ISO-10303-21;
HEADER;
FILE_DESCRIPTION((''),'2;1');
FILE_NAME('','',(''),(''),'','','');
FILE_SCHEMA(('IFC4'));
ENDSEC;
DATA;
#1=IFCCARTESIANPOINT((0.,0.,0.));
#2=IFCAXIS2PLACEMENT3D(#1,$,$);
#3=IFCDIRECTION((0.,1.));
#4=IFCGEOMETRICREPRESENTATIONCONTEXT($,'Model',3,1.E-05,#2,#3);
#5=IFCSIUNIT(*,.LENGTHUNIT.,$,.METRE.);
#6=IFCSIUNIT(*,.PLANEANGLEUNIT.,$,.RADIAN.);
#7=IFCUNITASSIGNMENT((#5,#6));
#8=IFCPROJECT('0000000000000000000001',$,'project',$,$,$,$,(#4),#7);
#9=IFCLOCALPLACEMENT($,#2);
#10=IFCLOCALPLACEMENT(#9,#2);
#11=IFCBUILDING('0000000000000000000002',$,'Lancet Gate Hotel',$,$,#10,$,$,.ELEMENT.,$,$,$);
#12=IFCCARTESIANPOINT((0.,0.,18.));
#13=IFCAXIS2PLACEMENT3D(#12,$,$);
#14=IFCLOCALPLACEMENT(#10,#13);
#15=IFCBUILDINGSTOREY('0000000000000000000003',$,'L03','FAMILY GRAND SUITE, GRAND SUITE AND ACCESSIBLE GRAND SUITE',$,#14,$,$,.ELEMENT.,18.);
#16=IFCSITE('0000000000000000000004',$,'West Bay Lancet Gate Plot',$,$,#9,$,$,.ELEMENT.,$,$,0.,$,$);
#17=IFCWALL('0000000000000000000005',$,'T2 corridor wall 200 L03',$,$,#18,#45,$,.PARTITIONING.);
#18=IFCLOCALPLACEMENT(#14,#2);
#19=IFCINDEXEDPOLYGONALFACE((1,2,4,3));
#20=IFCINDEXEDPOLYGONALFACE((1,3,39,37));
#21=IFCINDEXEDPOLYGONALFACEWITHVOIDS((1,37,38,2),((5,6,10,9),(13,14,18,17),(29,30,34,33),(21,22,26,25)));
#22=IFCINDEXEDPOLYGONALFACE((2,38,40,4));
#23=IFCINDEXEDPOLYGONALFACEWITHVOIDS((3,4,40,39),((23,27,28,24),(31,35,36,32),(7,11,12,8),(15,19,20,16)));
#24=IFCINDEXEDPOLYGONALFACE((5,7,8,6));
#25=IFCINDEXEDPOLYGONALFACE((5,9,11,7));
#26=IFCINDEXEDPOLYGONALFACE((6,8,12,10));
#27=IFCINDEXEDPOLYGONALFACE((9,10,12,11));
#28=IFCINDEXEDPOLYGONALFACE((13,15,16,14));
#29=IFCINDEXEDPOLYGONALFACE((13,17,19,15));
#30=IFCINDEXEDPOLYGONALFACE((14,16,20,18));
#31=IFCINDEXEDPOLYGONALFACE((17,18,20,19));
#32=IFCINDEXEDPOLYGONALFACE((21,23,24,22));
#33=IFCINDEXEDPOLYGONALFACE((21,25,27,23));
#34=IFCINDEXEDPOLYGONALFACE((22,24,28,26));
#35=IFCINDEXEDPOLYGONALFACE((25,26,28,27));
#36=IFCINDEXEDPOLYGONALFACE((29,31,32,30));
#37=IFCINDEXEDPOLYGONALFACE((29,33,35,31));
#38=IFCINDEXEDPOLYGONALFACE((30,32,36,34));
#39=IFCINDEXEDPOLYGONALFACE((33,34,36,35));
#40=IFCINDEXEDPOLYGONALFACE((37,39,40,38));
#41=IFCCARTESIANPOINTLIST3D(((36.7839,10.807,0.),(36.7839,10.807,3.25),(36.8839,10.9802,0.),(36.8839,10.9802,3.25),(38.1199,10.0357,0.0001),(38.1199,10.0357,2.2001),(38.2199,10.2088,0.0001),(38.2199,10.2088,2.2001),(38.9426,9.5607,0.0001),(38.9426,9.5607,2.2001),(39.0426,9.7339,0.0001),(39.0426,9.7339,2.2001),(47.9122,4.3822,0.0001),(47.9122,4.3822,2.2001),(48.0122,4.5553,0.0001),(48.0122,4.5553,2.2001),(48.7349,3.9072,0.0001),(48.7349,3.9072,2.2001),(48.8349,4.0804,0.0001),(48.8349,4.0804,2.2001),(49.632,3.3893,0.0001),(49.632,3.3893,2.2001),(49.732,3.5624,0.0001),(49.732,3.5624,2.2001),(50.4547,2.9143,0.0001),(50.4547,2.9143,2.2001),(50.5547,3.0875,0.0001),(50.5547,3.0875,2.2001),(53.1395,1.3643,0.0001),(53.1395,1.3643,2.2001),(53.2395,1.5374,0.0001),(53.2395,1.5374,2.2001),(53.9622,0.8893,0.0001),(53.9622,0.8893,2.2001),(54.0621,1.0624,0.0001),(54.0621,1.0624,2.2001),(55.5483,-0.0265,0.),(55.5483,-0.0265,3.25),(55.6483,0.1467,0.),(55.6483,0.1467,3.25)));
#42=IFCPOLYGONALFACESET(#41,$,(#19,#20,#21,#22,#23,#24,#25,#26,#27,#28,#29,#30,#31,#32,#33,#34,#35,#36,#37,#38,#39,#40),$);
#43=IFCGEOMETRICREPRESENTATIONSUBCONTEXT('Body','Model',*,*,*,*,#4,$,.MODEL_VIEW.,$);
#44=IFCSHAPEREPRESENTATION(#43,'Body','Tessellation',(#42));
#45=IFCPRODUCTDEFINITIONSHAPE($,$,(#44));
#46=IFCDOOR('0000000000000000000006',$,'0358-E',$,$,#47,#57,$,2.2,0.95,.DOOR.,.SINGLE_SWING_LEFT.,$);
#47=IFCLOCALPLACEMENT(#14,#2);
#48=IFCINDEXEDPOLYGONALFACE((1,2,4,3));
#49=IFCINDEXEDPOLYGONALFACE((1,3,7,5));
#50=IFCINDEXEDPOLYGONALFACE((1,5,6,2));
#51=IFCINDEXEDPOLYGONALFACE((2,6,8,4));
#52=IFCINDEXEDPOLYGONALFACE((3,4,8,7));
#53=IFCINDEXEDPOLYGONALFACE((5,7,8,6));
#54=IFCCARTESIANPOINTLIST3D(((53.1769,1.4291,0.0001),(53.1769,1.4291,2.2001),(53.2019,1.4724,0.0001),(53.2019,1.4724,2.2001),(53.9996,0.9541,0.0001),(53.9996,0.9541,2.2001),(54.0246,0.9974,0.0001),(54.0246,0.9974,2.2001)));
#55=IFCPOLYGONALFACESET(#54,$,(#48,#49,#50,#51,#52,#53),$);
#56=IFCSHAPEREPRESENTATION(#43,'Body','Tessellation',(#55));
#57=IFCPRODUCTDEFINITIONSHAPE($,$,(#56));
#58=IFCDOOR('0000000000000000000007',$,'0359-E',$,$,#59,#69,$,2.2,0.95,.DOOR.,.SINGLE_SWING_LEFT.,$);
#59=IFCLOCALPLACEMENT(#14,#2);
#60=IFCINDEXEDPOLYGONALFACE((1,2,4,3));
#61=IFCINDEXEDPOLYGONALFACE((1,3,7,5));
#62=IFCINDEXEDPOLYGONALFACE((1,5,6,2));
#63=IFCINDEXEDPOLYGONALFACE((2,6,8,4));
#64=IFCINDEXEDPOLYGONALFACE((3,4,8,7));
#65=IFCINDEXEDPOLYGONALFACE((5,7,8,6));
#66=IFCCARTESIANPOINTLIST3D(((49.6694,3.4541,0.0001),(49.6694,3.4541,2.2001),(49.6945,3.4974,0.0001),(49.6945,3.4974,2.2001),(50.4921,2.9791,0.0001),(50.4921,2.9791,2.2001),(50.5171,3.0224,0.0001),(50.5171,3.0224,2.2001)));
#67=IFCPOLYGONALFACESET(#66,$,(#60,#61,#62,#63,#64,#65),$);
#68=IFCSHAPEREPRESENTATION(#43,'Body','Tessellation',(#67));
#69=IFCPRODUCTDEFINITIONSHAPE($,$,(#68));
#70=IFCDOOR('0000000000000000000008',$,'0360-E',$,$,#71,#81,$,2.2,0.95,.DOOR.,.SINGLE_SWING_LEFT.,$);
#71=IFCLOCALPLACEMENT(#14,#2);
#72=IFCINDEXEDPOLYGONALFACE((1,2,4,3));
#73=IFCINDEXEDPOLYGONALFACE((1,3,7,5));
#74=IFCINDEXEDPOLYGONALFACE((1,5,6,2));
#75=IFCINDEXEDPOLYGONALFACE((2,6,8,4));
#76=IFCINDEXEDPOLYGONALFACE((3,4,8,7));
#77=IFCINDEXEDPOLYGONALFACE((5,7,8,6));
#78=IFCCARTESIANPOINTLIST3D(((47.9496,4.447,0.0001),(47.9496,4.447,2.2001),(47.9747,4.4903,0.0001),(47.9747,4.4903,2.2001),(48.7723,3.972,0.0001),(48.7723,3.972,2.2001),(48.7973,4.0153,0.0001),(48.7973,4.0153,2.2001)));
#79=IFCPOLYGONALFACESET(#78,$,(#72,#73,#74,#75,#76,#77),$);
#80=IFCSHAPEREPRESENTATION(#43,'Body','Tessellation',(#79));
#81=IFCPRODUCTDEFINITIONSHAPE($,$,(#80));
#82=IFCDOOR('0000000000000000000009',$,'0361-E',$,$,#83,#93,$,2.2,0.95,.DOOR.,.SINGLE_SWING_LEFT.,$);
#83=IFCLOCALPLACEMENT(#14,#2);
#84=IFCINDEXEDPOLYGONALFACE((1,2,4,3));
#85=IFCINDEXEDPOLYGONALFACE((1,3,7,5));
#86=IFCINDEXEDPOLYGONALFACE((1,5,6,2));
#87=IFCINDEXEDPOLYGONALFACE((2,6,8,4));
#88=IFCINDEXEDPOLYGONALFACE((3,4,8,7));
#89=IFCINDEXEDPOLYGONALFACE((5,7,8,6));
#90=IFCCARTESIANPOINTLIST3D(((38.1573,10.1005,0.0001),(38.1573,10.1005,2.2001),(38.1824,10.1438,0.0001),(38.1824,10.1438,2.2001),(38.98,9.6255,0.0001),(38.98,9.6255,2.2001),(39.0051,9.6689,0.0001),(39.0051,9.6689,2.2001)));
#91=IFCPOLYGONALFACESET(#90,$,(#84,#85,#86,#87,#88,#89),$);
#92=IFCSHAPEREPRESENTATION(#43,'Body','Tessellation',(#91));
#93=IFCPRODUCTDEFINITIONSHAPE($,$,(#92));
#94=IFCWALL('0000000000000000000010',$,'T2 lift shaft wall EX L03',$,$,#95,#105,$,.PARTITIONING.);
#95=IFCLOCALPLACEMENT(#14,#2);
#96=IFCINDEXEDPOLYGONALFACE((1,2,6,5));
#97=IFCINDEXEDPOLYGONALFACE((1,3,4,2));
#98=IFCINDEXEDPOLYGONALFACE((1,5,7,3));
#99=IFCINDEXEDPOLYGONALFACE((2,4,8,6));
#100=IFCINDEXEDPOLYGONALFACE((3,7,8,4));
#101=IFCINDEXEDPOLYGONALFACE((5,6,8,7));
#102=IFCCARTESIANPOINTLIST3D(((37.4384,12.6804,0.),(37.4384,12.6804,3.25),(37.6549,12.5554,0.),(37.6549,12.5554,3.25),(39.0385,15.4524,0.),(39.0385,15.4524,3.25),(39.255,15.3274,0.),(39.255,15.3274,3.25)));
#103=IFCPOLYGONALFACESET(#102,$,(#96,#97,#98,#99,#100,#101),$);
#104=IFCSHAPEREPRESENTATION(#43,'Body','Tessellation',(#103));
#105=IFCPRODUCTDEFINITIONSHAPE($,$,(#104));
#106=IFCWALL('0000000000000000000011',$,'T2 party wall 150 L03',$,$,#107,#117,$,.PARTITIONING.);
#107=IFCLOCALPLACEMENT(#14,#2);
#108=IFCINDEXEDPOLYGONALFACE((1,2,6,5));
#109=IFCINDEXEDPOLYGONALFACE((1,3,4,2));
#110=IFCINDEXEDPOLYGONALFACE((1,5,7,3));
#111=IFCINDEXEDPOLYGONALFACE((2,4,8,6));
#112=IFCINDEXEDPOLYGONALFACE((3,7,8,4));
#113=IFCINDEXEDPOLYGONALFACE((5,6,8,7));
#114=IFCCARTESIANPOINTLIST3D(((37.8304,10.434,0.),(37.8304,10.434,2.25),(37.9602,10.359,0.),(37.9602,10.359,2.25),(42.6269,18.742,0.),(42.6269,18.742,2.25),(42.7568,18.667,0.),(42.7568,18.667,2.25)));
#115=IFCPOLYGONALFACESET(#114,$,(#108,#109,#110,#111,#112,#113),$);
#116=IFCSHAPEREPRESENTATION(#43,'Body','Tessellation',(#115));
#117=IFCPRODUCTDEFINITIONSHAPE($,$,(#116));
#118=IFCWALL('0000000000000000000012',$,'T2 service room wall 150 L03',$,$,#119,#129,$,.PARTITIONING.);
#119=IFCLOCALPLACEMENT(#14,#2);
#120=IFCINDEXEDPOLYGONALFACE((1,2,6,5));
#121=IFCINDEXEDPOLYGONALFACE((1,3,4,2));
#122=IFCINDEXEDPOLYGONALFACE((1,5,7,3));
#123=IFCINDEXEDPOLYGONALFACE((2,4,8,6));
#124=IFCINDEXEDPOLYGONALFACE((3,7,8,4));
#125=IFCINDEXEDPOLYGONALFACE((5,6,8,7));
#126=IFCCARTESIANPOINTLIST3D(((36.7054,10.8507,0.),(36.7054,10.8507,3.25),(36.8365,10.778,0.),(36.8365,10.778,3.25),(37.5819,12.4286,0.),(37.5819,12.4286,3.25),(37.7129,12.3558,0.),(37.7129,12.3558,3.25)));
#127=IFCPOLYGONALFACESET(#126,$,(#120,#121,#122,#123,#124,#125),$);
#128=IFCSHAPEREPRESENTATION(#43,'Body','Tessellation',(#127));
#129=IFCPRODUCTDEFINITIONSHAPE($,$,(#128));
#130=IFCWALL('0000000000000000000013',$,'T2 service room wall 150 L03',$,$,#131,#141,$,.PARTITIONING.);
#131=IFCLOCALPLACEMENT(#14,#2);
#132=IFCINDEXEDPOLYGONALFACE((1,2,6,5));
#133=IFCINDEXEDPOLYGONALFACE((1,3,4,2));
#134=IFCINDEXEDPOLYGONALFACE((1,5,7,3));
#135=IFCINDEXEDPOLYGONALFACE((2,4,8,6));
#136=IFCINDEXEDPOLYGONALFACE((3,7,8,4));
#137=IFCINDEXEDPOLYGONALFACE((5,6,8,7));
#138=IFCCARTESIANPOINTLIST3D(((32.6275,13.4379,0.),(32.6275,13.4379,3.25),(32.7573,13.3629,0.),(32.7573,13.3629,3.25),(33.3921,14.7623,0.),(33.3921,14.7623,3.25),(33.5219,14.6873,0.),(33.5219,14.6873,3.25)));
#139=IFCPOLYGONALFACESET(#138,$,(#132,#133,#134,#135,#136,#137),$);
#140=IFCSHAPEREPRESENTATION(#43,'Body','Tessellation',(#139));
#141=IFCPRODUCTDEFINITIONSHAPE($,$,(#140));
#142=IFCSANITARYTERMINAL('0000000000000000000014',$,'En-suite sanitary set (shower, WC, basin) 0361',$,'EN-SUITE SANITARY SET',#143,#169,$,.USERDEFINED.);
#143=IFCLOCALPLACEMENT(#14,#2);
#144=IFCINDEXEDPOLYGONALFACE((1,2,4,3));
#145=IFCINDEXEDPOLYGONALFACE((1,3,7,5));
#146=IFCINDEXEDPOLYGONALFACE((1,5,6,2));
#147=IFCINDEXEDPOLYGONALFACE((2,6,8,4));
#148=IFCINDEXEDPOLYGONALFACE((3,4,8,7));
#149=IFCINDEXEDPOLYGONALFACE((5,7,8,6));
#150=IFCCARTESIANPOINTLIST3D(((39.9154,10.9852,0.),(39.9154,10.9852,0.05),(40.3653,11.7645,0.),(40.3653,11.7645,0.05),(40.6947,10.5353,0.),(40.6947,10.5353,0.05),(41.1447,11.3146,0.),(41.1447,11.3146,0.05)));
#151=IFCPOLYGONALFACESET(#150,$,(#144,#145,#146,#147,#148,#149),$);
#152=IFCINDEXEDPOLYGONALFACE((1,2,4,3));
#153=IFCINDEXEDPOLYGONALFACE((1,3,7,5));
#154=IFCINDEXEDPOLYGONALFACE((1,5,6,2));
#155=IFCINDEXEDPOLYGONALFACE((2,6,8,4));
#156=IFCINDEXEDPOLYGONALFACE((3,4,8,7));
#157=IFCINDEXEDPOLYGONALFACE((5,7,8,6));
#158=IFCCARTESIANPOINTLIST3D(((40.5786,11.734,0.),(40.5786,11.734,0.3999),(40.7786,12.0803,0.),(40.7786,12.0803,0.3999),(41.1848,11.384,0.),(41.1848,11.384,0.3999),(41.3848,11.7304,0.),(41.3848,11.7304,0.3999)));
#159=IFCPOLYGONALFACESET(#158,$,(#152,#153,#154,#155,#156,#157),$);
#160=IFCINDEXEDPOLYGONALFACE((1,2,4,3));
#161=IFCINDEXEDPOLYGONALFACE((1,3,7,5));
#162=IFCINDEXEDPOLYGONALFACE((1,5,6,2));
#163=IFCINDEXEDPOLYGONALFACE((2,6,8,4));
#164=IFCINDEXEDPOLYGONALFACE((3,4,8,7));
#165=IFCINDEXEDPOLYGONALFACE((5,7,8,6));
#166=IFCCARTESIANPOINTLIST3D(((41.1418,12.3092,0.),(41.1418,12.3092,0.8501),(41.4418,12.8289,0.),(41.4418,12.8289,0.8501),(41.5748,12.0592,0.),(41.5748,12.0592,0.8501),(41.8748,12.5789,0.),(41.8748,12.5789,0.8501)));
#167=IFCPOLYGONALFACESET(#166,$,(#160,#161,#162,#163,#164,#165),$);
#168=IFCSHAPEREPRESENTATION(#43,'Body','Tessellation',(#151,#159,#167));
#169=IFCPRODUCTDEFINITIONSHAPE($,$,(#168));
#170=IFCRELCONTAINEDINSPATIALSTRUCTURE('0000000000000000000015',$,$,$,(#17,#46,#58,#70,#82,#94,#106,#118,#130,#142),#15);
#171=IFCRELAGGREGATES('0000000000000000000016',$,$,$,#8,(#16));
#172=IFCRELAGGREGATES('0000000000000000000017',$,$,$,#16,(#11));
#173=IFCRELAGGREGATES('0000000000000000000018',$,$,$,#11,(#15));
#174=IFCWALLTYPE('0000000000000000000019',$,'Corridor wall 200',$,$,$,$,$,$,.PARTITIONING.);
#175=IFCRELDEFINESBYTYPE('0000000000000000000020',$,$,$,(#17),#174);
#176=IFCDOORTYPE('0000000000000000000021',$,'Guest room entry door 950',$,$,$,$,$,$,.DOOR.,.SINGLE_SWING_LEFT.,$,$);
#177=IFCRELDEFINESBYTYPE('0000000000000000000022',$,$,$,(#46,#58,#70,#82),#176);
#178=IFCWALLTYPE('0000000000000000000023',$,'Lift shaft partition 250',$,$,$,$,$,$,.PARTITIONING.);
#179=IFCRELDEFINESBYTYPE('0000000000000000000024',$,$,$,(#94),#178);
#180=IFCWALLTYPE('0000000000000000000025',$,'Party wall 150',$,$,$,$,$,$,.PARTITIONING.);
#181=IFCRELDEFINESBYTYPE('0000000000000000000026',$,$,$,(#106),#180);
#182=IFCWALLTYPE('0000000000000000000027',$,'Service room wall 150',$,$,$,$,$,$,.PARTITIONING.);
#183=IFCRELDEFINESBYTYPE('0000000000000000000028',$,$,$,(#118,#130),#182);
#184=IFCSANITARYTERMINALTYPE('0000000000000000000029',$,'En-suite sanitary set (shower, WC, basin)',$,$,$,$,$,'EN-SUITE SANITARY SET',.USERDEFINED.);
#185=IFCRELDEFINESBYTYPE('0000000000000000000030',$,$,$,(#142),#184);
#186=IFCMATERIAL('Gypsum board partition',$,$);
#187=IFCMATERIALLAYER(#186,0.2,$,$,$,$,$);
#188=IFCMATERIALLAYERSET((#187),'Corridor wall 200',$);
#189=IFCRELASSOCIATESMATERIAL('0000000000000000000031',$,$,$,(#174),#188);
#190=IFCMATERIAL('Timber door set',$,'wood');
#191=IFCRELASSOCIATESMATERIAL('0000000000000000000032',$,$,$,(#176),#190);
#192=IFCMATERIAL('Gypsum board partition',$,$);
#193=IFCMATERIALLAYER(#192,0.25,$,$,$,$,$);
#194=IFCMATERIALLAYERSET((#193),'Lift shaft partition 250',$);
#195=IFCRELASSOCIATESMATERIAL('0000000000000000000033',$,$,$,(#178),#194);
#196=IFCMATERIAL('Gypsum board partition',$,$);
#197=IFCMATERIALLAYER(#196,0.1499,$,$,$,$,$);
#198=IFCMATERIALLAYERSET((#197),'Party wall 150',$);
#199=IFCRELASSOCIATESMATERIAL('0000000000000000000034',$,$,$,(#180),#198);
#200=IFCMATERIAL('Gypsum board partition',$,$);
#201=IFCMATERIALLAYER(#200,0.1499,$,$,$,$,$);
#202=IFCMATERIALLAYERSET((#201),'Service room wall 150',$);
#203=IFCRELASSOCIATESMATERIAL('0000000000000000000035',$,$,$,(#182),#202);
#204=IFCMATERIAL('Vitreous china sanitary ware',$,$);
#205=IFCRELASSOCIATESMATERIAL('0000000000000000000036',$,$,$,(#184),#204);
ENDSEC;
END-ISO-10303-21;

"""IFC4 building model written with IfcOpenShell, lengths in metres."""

from ifc_helpers import new_model, si_unit, direction, frame, frame_2d, origin, origin_2d, place, context, subcontext, project, spatial, rectangle, extrude, material, layer, layer_set, type_object, element, fill, save


model = new_model("IFC4")

# Units and contexts
model_context = context("Model", 3, precision=1e-05, world=origin(), true_north=direction((0.0, 1.0)))
body_context = subcontext(model_context, "Body", "Model", "MODEL_VIEW")
ifc_project = project(units=[si_unit("LENGTHUNIT", "METRE"), si_unit("PLANEANGLEUNIT", "RADIAN")], contexts=[model_context])

# Site, building, storey
site_placement = place(None, origin())
site = spatial("IfcSite", under=ifc_project, at=site_placement, Name="West Bay Lancet Gate Plot", CompositionType="ELEMENT", RefElevation=0.0)
building_placement = place(site_placement, origin())
building = spatial("IfcBuilding", under=site, at=building_placement, Name="Lancet Gate Hotel", CompositionType="ELEMENT")
storey_placement = place(building_placement, frame((0.0, 0.0, 18.0)))
storey = spatial("IfcBuildingStorey", under=building, at=storey_placement, Name="L03", Description="FAMILY GRAND SUITE, GRAND SUITE AND ACCESSIBLE GRAND SUITE", CompositionType="ELEMENT", Elevation=18.0)

# Wall, openings, doors
ifc_material_1 = material(Name="Gypsum board partition")
ifc_layer_1 = layer(ifc_material_1, 0.2)
ifc_layer_set_1 = layer_set([ifc_layer_1], Name="Corridor wall 200")
wall_type_1 = type_object("IfcWallType", Name="Corridor wall 200", PredefinedType="PARTITIONING", material=ifc_layer_set_1)
wall_1_placement = place(storey_placement, frame((36.834, 10.8936, 0.0), z_axis=(0.0, 0.0, 1.0), x_axis=(0.866028, -0.499995, 0.0)))
wall_1 = element("IfcWall", 1, at=wall_1_placement, inside=storey, type_object=wall_type_1, Name="T2 corridor wall 200 L03", PredefinedType="PARTITIONING", context=body_context, shape_type="SweptSolid", body=[
    extrude(rectangle(XDim=21.6672, YDim=0.2, at=frame_2d((10.8335, 0.0))), origin(), (0.0, 0.0, 1.0), 3.25),
])
opening_1_placement = place(wall_1_placement, frame((18.8855, 0.0, 0.0)))
opening_1 = element("IfcOpeningElement", 2, at=opening_1_placement, cuts=wall_1, PredefinedType="OPENING", context=body_context, shape_type="SweptSolid", body=[
    extrude(rectangle(XDim=0.95, YDim=2.2, at=frame_2d((0.4751, 1.1001))), frame((0.0, 0.1099, 0.0), z_axis=(0.0, -1.0, 0.0), x_axis=(1.0, 0.0, 0.0)), (0.0, 0.0, 1.0), 0.22),
])
opening_2_placement = place(wall_1_placement, frame((14.8354, 0.0, 0.0)))
opening_2 = element("IfcOpeningElement", 3, at=opening_2_placement, cuts=wall_1, PredefinedType="OPENING", context=body_context, shape_type="SweptSolid", body=[
    extrude(rectangle(XDim=0.95, YDim=2.2, at=frame_2d((0.4751, 1.1001))), frame((0.0, 0.1099, 0.0), z_axis=(0.0, -1.0, 0.0), x_axis=(1.0, 0.0, 0.0)), (0.0, 0.0, 1.0), 0.22),
])
opening_3_placement = place(wall_1_placement, frame((12.8496, 0.0, 0.0)))
opening_3 = element("IfcOpeningElement", 4, at=opening_3_placement, cuts=wall_1, PredefinedType="OPENING", context=body_context, shape_type="SweptSolid", body=[
    extrude(rectangle(XDim=0.95, YDim=2.2, at=frame_2d((0.4751, 1.1001))), frame((0.0, 0.1099, 0.0), z_axis=(0.0, -1.0, 0.0), x_axis=(1.0, 0.0, 0.0)), (0.0, 0.0, 1.0), 0.22),
])
opening_4_placement = place(wall_1_placement, frame((1.5425, 0.0, 0.0)))
opening_4 = element("IfcOpeningElement", 5, at=opening_4_placement, cuts=wall_1, PredefinedType="OPENING", context=body_context, shape_type="SweptSolid", body=[
    extrude(rectangle(XDim=0.95, YDim=2.2, at=frame_2d((0.4751, 1.1001))), frame((0.0, 0.1099, 0.0), z_axis=(0.0, -1.0, 0.0), x_axis=(1.0, 0.0, 0.0)), (0.0, 0.0, 1.0), 0.22),
])
ifc_material_2 = material(Name="Timber door set", Category="wood")
door_type_1 = type_object("IfcDoorType", Name="Guest room entry door 950", OperationType="SINGLE_SWING_LEFT", PredefinedType="DOOR", material=ifc_material_2)
door_1_placement = place(opening_1_placement, origin())
door_1 = element("IfcDoor", 6, at=door_1_placement, inside=storey, type_object=door_type_1, Name="0358-E", OperationType="SINGLE_SWING_LEFT", OverallHeight=2.2, OverallWidth=0.95, PredefinedType="DOOR", context=body_context, shape_type="SweptSolid", body=[
    extrude(rectangle(XDim=0.95, YDim=2.2, at=frame_2d((0.4751, 1.1001))), frame((0.0, 0.0249, 0.0), z_axis=(0.0, -1.0, 0.0), x_axis=(1.0, 0.0, 0.0)), (0.0, 0.0, 1.0), 0.05),
])
fill(opening_1, door_1)
door_2_placement = place(opening_2_placement, origin())
door_2 = element("IfcDoor", 7, at=door_2_placement, inside=storey, type_object=door_type_1, Name="0359-E", OperationType="SINGLE_SWING_LEFT", OverallHeight=2.2, OverallWidth=0.95, PredefinedType="DOOR", context=body_context, shape_type="SweptSolid", body=[
    extrude(rectangle(XDim=0.95, YDim=2.2, at=frame_2d((0.4751, 1.1001))), frame((0.0, 0.0249, 0.0), z_axis=(0.0, -1.0, 0.0), x_axis=(1.0, 0.0, 0.0)), (0.0, 0.0, 1.0), 0.05),
])
fill(opening_2, door_2)
door_3_placement = place(opening_3_placement, origin())
door_3 = element("IfcDoor", 8, at=door_3_placement, inside=storey, type_object=door_type_1, Name="0360-E", OperationType="SINGLE_SWING_LEFT", OverallHeight=2.2, OverallWidth=0.95, PredefinedType="DOOR", context=body_context, shape_type="SweptSolid", body=[
    extrude(rectangle(XDim=0.95, YDim=2.2, at=frame_2d((0.4751, 1.1001))), frame((0.0, 0.0249, 0.0), z_axis=(0.0, -1.0, 0.0), x_axis=(1.0, 0.0, 0.0)), (0.0, 0.0, 1.0), 0.05),
])
fill(opening_3, door_3)
door_4_placement = place(opening_4_placement, origin())
door_4 = element("IfcDoor", 9, at=door_4_placement, inside=storey, type_object=door_type_1, Name="0361-E", OperationType="SINGLE_SWING_LEFT", OverallHeight=2.2, OverallWidth=0.95, PredefinedType="DOOR", context=body_context, shape_type="SweptSolid", body=[
    extrude(rectangle(XDim=0.95, YDim=2.2, at=frame_2d((0.4751, 1.1001))), frame((0.0, 0.0249, 0.0), z_axis=(0.0, -1.0, 0.0), x_axis=(1.0, 0.0, 0.0)), (0.0, 0.0, 1.0), 0.05),
])
fill(opening_4, door_4)

# Walls
ifc_material_3 = material(Name="Gypsum board partition")
ifc_layer_2 = layer(ifc_material_3, 0.25)
ifc_layer_set_2 = layer_set([ifc_layer_2], Name="Lift shaft partition 250")
wall_type_2 = type_object("IfcWallType", Name="Lift shaft partition 250", PredefinedType="PARTITIONING", material=ifc_layer_set_2)
wall_2_placement = place(storey_placement, frame((37.5466, 12.6179, 0.0), z_axis=(0.0, 0.0, 1.0), x_axis=(0.499929, 0.866066, 0.0)))
element("IfcWall", 10, at=wall_2_placement, inside=storey, type_object=wall_type_2, Name="T2 lift shaft wall EX L03", PredefinedType="PARTITIONING", context=body_context, shape_type="SweptSolid", body=[
    extrude(rectangle(XDim=3.2007, YDim=0.25, at=frame_2d((1.6003, 0.0))), origin(), (0.0, 0.0, 1.0), 3.25),
])
ifc_material_4 = material(Name="Gypsum board partition")
ifc_layer_3 = layer(ifc_material_4, 0.1499)
ifc_layer_set_3 = layer_set([ifc_layer_3], Name="Party wall 150")
wall_type_3 = type_object("IfcWallType", Name="Party wall 150", PredefinedType="PARTITIONING", material=ifc_layer_set_3)
wall_3_placement = place(storey_placement, frame((37.8953, 10.3965, 0.0), z_axis=(0.0, 0.0, 1.0), x_axis=(0.499996, 0.866028, 0.0)))
element("IfcWall", 11, at=wall_3_placement, inside=storey, type_object=wall_type_3, Name="T2 party wall 150 L03", PredefinedType="PARTITIONING", context=body_context, shape_type="SweptSolid", body=[
    extrude(rectangle(XDim=9.5933, YDim=0.1499, at=frame_2d((4.7966, 0.0))), origin(), (0.0, 0.0, 1.0), 2.25),
])
ifc_material_5 = material(Name="Gypsum board partition")
ifc_layer_4 = layer(ifc_material_5, 0.1499)
ifc_layer_set_4 = layer_set([ifc_layer_4], Name="Service room wall 150")
wall_type_4 = type_object("IfcWallType", Name="Service room wall 150", PredefinedType="PARTITIONING", material=ifc_layer_set_4)
wall_4_placement = place(storey_placement, frame((36.771, 10.8145, 0.0), z_axis=(0.0, 0.0, 1.0), x_axis=(0.485586, 0.874189, 0.0)))
element("IfcWall", 12, at=wall_4_placement, inside=storey, type_object=wall_type_4, Name="T2 service room wall 150 L03", PredefinedType="PARTITIONING", context=body_context, shape_type="SweptSolid", body=[
    extrude(rectangle(XDim=1.8049, YDim=0.1499, at=frame_2d((0.9023, 0.0))), origin(), (0.0, 0.0, 1.0), 3.25),
])
wall_5_placement = place(storey_placement, frame((32.6924, 13.4004, 0.0), z_axis=(0.0, 0.0, 1.0), x_axis=(0.499985, 0.866034, 0.0)))
element("IfcWall", 13, at=wall_5_placement, inside=storey, type_object=wall_type_4, Name="T2 service room wall 150 L03", PredefinedType="PARTITIONING", context=body_context, shape_type="SweptSolid", body=[
    extrude(rectangle(XDim=1.5293, YDim=0.1499, at=frame_2d((0.7646, 0.0))), origin(), (0.0, 0.0, 1.0), 3.25),
])

# Sanitary terminal
ifc_material_6 = material(Name="Vitreous china sanitary ware")
sanitary_terminal_type = type_object("IfcSanitaryTerminalType", Name="En-suite sanitary set (shower, WC, basin)", ElementType="EN-SUITE SANITARY SET", PredefinedType="USERDEFINED", material=ifc_material_6)
sanitary_terminal_placement = place(storey_placement, frame((40.53, 11.1499, 0.0), z_axis=(0.0, 0.0, 1.0), x_axis=(1.0, 0.0, 0.0)))
element("IfcSanitaryTerminal", 14, at=sanitary_terminal_placement, inside=storey, type_object=sanitary_terminal_type, Name="En-suite sanitary set (shower, WC, basin) 0361", ObjectType="EN-SUITE SANITARY SET", PredefinedType="USERDEFINED", context=body_context, shape_type="SweptSolid", body=[
    extrude(rectangle(XDim=0.8999, YDim=0.8999, at=origin_2d()), frame((0.0, 0.0, 0.0), z_axis=(0.0, 0.0, 1.0), x_axis=(-0.5, -0.866025, 0.0)), (0.0, 0.0, 1.0), 0.05),
    extrude(rectangle(XDim=0.3999, YDim=0.7, at=origin_2d()), frame((0.4517, 0.5823, 0.0), z_axis=(0.0, 0.0, 1.0), x_axis=(-0.5, -0.866025, 0.0)), (0.0, 0.0, 1.0), 0.3999),
    extrude(rectangle(XDim=0.6001, YDim=0.5, at=origin_2d()), frame((0.9783, 1.2942, 0.0), z_axis=(0.0, 0.0, 1.0), x_axis=(-0.5, -0.866025, 0.0)), (0.0, 0.0, 1.0), 0.8501),
])

save(model, "model.ifc")
